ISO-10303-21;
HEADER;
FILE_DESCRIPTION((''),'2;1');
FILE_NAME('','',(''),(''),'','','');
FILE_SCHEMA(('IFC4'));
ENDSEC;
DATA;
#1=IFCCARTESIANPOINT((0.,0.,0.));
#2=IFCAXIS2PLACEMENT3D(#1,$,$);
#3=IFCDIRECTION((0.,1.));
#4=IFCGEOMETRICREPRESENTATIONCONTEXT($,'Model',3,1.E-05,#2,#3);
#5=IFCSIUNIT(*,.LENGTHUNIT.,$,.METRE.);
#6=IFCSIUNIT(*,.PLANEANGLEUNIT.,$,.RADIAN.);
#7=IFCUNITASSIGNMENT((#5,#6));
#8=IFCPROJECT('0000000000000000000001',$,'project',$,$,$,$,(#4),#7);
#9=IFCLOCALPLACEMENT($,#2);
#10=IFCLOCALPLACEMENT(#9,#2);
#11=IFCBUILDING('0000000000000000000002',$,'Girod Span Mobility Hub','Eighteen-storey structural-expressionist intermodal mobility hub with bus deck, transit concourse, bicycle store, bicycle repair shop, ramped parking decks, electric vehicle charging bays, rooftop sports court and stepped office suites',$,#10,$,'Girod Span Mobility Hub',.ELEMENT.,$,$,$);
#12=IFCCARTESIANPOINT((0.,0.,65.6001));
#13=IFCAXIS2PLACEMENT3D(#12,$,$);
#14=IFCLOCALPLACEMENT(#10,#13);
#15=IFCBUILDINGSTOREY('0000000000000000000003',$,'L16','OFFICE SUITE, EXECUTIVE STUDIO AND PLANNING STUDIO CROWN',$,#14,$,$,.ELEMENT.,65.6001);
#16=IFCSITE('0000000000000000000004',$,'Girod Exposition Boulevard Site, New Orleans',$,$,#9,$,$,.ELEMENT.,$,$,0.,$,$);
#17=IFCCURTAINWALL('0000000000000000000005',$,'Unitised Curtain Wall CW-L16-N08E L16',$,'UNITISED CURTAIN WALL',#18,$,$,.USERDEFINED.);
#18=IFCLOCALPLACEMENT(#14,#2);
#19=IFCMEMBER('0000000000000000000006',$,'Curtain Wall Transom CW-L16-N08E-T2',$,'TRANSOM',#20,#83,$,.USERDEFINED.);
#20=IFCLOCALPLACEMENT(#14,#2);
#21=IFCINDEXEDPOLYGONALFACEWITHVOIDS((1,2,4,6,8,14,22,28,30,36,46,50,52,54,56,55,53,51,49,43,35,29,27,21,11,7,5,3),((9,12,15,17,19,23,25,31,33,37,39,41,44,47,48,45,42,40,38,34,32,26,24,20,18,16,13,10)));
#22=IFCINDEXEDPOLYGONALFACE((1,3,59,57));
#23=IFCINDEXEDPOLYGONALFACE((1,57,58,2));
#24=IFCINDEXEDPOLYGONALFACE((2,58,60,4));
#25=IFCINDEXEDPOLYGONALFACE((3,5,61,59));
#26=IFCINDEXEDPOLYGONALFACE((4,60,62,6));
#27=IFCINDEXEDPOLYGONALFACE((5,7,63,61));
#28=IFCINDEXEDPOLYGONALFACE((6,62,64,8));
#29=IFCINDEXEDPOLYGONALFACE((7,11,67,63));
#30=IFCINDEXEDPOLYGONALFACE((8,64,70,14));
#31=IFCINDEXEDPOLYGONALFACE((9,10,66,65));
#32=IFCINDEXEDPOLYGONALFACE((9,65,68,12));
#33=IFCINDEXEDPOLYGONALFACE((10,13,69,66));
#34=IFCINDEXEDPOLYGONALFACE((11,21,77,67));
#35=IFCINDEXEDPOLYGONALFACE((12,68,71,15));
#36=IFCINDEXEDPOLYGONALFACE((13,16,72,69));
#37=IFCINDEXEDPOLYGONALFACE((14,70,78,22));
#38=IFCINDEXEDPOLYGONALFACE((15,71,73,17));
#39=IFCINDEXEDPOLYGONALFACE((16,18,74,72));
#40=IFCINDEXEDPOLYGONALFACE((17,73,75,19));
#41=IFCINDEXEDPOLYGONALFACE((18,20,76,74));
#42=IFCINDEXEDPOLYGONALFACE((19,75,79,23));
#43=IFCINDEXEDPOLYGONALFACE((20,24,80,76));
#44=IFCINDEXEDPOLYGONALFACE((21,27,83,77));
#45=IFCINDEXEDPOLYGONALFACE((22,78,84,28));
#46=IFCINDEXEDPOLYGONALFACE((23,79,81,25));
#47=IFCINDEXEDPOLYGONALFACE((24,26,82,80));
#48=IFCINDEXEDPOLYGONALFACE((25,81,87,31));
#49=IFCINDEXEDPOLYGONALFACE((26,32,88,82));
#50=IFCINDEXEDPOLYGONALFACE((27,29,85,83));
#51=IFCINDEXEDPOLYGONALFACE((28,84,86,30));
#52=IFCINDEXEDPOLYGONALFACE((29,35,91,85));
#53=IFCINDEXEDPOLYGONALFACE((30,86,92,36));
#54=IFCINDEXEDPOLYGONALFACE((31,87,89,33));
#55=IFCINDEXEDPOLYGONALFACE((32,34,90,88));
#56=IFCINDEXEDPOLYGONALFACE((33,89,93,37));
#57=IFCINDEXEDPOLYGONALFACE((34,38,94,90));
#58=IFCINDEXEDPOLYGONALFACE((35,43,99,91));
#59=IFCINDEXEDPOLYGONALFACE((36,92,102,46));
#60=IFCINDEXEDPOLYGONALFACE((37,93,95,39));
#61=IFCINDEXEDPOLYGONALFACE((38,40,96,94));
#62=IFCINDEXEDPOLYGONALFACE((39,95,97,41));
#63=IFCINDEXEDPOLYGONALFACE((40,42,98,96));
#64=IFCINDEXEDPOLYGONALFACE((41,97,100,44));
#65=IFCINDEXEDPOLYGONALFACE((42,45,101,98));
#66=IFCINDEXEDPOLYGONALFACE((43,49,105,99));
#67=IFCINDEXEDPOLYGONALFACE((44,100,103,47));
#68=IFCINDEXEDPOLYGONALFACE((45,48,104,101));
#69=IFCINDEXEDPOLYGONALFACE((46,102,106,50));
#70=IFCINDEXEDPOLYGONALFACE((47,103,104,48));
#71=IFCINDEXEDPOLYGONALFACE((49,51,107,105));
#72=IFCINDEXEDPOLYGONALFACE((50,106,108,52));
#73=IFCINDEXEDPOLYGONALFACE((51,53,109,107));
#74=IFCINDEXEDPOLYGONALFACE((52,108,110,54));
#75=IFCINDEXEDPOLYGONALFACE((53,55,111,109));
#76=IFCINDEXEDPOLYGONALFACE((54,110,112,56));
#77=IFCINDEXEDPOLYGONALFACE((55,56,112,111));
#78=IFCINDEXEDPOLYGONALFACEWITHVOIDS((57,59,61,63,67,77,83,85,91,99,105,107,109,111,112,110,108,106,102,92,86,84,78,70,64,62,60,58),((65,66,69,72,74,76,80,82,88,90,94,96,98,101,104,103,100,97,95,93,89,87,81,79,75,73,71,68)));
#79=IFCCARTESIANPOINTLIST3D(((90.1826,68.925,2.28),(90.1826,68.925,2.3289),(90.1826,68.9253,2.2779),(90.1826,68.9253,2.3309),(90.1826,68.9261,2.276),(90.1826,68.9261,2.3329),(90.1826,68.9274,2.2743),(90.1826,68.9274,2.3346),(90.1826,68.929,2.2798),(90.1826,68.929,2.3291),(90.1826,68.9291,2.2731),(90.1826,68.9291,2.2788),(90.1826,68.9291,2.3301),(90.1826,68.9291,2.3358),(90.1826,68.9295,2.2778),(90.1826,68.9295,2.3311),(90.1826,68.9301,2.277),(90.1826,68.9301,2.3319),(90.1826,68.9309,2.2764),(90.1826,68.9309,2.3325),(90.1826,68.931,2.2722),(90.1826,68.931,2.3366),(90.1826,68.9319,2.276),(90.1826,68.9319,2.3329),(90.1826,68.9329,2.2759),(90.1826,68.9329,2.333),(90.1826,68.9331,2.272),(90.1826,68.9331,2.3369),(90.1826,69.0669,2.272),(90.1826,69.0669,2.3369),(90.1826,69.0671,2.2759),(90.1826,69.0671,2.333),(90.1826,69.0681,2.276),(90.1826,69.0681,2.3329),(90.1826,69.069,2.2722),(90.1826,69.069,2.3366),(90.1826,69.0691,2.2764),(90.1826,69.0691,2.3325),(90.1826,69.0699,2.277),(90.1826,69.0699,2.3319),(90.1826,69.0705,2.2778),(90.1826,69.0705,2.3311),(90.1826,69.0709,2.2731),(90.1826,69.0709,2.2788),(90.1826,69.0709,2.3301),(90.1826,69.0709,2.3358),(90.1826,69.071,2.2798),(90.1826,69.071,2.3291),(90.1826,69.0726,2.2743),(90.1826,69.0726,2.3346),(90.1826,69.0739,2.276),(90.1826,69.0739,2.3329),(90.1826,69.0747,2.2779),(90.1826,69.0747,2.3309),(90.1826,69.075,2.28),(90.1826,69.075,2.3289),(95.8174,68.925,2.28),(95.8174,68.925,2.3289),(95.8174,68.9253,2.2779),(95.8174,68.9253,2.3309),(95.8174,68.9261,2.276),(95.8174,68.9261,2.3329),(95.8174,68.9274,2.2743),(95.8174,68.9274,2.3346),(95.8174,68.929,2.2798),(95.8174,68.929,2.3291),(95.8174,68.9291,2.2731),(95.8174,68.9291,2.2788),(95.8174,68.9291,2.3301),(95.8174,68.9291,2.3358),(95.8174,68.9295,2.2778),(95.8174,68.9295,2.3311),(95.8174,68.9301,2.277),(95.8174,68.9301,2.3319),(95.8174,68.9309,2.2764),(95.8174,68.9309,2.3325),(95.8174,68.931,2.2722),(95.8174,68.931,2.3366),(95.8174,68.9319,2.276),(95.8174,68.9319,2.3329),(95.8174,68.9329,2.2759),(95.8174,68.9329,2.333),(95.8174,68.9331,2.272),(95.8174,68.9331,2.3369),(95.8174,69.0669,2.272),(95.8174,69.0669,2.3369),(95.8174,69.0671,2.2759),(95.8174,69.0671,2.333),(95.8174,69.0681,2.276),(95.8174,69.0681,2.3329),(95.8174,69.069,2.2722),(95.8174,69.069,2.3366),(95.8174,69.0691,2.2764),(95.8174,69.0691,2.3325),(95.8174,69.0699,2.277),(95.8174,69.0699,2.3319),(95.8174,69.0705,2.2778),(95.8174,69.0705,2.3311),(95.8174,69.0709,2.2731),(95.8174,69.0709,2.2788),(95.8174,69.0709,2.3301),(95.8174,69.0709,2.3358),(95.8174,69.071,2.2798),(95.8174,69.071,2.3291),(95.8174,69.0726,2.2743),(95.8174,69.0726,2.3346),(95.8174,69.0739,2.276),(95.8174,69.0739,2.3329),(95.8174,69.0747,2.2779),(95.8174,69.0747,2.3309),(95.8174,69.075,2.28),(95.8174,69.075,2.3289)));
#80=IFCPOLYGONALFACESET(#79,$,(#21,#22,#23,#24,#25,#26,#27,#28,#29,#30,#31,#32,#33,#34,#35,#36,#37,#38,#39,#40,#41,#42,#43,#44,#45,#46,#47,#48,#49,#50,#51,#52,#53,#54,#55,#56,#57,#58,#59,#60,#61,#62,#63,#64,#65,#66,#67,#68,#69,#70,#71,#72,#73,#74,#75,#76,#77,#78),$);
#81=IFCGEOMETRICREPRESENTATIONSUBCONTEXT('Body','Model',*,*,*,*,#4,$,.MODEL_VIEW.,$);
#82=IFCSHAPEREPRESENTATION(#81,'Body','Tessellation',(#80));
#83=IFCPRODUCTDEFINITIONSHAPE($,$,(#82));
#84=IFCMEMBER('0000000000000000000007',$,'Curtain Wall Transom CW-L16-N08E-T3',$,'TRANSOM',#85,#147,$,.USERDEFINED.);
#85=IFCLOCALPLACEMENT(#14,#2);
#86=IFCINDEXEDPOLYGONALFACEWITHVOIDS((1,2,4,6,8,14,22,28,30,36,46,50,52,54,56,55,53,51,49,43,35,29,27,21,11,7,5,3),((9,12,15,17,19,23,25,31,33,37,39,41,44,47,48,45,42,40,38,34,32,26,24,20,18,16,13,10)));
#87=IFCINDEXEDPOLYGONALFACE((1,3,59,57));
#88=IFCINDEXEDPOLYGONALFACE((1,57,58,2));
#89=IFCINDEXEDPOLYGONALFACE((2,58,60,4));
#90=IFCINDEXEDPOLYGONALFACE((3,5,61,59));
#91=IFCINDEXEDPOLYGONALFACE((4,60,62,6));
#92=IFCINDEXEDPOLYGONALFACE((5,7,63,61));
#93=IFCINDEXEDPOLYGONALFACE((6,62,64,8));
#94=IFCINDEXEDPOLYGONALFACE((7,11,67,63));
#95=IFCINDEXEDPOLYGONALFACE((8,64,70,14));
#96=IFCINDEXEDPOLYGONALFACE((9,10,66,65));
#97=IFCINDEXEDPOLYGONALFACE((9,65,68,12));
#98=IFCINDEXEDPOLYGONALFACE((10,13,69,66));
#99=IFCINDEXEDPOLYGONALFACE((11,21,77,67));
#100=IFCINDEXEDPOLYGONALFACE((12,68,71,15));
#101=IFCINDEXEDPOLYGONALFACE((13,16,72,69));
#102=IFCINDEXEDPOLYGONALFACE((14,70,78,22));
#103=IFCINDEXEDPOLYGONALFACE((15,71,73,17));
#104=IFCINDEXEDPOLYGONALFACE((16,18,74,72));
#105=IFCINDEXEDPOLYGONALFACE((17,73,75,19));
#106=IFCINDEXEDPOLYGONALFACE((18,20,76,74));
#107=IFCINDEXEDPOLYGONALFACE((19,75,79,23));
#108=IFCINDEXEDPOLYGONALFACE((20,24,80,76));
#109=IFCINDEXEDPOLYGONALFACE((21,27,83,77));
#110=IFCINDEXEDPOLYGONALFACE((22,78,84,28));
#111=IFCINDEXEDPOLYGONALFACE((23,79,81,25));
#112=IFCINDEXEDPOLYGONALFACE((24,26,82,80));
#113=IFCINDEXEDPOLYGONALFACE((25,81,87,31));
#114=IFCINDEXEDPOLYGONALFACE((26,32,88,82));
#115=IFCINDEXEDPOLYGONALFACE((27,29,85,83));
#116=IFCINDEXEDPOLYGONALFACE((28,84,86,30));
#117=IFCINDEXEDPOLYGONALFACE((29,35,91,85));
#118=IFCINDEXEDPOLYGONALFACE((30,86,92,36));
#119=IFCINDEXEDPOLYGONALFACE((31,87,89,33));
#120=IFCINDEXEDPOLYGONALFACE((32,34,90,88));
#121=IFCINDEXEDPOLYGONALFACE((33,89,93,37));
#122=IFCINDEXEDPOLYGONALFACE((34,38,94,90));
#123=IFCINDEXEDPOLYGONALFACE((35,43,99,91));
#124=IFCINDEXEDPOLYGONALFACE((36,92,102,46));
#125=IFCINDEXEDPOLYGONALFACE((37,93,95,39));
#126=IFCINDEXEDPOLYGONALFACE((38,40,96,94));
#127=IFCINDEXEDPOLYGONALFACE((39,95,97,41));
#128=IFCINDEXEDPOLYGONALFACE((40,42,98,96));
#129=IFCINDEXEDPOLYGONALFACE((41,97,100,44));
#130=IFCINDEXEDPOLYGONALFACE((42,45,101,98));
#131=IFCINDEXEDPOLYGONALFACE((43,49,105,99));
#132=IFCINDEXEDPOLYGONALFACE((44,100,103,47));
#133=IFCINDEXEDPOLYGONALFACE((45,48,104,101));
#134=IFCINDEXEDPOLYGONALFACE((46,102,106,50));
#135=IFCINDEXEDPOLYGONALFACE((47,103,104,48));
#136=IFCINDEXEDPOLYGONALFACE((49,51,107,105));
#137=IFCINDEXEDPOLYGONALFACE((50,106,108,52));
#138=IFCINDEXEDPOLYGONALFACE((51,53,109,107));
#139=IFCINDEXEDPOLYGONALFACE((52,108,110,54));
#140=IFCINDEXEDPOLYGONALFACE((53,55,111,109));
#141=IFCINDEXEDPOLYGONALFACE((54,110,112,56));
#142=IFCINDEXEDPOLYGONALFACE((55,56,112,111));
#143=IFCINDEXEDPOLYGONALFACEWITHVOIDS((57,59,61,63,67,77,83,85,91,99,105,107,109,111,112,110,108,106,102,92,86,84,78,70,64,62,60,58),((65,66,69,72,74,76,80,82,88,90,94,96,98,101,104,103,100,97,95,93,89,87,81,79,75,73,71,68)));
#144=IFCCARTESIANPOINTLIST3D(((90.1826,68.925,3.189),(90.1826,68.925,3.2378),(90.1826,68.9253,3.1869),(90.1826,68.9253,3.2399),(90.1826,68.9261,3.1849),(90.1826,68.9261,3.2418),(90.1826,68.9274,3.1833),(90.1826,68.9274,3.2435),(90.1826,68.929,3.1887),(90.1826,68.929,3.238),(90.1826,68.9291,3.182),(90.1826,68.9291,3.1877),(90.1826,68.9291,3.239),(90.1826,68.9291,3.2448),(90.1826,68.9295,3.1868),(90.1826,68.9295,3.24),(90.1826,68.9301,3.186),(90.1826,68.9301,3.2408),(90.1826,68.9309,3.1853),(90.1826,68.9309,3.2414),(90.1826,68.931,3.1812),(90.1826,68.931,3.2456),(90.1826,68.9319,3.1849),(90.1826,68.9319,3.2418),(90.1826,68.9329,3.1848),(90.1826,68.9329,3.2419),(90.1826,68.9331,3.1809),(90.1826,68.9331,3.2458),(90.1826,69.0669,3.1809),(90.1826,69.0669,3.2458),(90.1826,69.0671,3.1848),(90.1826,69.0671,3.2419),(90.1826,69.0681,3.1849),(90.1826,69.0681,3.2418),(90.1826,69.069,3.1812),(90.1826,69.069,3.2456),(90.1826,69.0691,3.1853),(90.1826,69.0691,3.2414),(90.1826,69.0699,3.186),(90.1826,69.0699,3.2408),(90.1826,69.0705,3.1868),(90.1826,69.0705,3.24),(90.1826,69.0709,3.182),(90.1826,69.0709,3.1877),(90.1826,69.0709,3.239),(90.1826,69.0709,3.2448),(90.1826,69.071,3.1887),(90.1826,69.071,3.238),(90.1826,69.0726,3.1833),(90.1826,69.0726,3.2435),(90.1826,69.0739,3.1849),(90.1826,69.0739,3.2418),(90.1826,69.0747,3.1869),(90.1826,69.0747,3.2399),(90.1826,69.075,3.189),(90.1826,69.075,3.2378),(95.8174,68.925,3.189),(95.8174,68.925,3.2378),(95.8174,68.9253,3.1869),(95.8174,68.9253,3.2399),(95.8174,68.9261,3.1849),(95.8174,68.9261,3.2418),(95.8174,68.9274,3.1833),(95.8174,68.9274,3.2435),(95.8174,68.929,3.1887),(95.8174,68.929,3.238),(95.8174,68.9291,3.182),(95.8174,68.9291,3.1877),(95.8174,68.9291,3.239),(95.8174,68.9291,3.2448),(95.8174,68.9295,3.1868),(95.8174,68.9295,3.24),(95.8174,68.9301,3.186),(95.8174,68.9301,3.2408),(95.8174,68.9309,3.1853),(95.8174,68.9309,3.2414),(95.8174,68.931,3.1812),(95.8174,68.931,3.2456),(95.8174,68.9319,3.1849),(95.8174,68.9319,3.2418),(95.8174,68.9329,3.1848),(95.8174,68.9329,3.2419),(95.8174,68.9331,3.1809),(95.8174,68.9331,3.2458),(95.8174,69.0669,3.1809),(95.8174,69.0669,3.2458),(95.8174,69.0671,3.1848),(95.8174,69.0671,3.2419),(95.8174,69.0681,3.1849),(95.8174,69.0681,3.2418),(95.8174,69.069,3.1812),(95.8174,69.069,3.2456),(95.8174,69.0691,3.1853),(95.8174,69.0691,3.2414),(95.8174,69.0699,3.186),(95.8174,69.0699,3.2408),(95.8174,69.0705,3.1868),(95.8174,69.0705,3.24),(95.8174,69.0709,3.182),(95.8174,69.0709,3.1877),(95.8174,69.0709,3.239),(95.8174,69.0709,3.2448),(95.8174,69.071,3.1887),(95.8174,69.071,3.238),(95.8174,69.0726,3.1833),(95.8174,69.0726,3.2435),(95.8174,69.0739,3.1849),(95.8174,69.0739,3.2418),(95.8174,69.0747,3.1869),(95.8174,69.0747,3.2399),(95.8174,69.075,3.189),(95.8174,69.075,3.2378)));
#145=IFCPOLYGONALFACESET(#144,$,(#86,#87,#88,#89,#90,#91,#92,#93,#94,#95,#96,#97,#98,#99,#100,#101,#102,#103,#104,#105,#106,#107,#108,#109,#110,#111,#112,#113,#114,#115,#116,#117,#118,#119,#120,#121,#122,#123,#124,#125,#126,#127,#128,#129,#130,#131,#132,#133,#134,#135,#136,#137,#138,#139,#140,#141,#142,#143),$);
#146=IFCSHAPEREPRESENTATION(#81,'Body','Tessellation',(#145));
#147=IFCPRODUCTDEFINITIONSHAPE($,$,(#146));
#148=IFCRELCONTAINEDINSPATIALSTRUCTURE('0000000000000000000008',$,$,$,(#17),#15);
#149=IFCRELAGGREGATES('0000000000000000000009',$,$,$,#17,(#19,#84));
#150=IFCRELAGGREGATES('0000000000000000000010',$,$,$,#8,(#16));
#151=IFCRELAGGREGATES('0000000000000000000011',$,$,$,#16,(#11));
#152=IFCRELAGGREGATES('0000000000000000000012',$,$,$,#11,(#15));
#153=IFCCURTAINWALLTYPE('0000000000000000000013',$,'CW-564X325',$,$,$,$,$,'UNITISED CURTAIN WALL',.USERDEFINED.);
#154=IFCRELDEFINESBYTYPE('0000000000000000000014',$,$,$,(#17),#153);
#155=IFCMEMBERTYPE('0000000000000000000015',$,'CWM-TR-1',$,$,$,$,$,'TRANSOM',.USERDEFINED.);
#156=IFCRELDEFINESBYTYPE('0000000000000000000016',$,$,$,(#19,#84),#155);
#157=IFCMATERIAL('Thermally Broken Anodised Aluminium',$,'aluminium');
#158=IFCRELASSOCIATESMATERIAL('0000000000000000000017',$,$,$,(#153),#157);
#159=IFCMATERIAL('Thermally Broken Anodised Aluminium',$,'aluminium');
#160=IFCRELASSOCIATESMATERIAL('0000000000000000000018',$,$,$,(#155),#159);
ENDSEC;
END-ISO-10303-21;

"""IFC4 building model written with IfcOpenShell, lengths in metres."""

from ifc_helpers import new_model, si_unit, direction, frame, origin, origin_2d, place, context, subcontext, project, spatial, hollow_rectangle, extrude, material, material_profile, profile_set, type_object, element, aggregate, save


model = new_model("IFC4")

# Units and contexts
model_context = context("Model", 3, precision=1e-05, world=origin(), true_north=direction((0.0, 1.0)))
body_context = subcontext(model_context, "Body", "Model", "MODEL_VIEW")
ifc_project = project(units=[si_unit("LENGTHUNIT", "METRE"), si_unit("PLANEANGLEUNIT", "RADIAN")], contexts=[model_context])

# Site, building, storey
site_placement = place(None, origin())
site = spatial("IfcSite", under=ifc_project, at=site_placement, Name="Girod Exposition Boulevard Site, New Orleans", CompositionType="ELEMENT", RefElevation=0.0)
building_placement = place(site_placement, origin())
building = spatial("IfcBuilding", under=site, at=building_placement, Name="Girod Span Mobility Hub", Description="Eighteen-storey structural-expressionist intermodal mobility hub with bus deck, transit concourse, bicycle store, bicycle repair shop, ramped parking decks, electric vehicle charging bays, rooftop sports court and stepped office suites", LongName="Girod Span Mobility Hub", CompositionType="ELEMENT")
storey_placement = place(building_placement, frame((0.0, 0.0, 65.6001)))
storey = spatial("IfcBuildingStorey", under=building, at=storey_placement, Name="L16", Description="OFFICE SUITE, EXECUTIVE STUDIO AND PLANNING STUDIO CROWN", CompositionType="ELEMENT", Elevation=65.6001)

# Curtain wall
ifc_material_1 = material(Name="Thermally Broken Anodised Aluminium", Category="aluminium")
curtain_wall_type = type_object("IfcCurtainWallType", Name="CW-564X325", ElementType="UNITISED CURTAIN WALL", PredefinedType="USERDEFINED", material=ifc_material_1)
curtain_wall_1_placement = place(storey_placement, origin())
curtain_wall_1 = element("IfcCurtainWall", 1, at=curtain_wall_1_placement, inside=storey, type_object=curtain_wall_type, Name="Unitised Curtain Wall CW-L16-N08E L16", ObjectType="UNITISED CURTAIN WALL", PredefinedType="USERDEFINED")

# Members
ifc_material_2 = material(Name="Thermally Broken Anodised Aluminium", Category="aluminium")
ifc_material_profile_1 = material_profile(ifc_material_2, hollow_rectangle(XDim=0.1499, YDim=0.0649, WallThickness=0.0039, InnerFilletRadius=0.0039, OuterFilletRadius=0.0081, at=origin_2d()), Name="CW-TR-65X150")
ifc_profile_set_1 = profile_set([ifc_material_profile_1], Name="Thermally Broken Anodised Aluminium")
member_type_1 = type_object("IfcMemberType", Name="CWM-TR-1", ElementType="TRANSOM", PredefinedType="USERDEFINED", material=ifc_profile_set_1)
member_1_placement = place(storey_placement, frame((90.1826, 69.0, 2.3044), z_axis=(1.0, 0.0, 0.0), x_axis=(0.0, 1.0, 0.0)))
member_1 = element("IfcMember", 2, at=member_1_placement, type_object=member_type_1, Name="Curtain Wall Transom CW-L16-N08E-T2", ObjectType="TRANSOM", PredefinedType="USERDEFINED", context=body_context, shape_type="SweptSolid", body=[
    extrude(hollow_rectangle(XDim=0.1499, YDim=0.0649, WallThickness=0.0039, InnerFilletRadius=0.0039, OuterFilletRadius=0.0081, at=origin_2d()), origin(), (0.0, 0.0, 1.0), 5.6348),
])
member_2_placement = place(storey_placement, frame((90.1826, 69.0, 3.2134), z_axis=(1.0, 0.0, 0.0), x_axis=(0.0, 1.0, 0.0)))
member_2 = element("IfcMember", 3, at=member_2_placement, type_object=member_type_1, Name="Curtain Wall Transom CW-L16-N08E-T3", ObjectType="TRANSOM", PredefinedType="USERDEFINED", context=body_context, shape_type="SweptSolid", body=[
    extrude(hollow_rectangle(XDim=0.1499, YDim=0.0649, WallThickness=0.0039, InnerFilletRadius=0.0039, OuterFilletRadius=0.0081, at=origin_2d()), origin(), (0.0, 0.0, 1.0), 5.6348),
])

aggregate(curtain_wall_1, [member_1, member_2])

save(model, "model.ifc")
